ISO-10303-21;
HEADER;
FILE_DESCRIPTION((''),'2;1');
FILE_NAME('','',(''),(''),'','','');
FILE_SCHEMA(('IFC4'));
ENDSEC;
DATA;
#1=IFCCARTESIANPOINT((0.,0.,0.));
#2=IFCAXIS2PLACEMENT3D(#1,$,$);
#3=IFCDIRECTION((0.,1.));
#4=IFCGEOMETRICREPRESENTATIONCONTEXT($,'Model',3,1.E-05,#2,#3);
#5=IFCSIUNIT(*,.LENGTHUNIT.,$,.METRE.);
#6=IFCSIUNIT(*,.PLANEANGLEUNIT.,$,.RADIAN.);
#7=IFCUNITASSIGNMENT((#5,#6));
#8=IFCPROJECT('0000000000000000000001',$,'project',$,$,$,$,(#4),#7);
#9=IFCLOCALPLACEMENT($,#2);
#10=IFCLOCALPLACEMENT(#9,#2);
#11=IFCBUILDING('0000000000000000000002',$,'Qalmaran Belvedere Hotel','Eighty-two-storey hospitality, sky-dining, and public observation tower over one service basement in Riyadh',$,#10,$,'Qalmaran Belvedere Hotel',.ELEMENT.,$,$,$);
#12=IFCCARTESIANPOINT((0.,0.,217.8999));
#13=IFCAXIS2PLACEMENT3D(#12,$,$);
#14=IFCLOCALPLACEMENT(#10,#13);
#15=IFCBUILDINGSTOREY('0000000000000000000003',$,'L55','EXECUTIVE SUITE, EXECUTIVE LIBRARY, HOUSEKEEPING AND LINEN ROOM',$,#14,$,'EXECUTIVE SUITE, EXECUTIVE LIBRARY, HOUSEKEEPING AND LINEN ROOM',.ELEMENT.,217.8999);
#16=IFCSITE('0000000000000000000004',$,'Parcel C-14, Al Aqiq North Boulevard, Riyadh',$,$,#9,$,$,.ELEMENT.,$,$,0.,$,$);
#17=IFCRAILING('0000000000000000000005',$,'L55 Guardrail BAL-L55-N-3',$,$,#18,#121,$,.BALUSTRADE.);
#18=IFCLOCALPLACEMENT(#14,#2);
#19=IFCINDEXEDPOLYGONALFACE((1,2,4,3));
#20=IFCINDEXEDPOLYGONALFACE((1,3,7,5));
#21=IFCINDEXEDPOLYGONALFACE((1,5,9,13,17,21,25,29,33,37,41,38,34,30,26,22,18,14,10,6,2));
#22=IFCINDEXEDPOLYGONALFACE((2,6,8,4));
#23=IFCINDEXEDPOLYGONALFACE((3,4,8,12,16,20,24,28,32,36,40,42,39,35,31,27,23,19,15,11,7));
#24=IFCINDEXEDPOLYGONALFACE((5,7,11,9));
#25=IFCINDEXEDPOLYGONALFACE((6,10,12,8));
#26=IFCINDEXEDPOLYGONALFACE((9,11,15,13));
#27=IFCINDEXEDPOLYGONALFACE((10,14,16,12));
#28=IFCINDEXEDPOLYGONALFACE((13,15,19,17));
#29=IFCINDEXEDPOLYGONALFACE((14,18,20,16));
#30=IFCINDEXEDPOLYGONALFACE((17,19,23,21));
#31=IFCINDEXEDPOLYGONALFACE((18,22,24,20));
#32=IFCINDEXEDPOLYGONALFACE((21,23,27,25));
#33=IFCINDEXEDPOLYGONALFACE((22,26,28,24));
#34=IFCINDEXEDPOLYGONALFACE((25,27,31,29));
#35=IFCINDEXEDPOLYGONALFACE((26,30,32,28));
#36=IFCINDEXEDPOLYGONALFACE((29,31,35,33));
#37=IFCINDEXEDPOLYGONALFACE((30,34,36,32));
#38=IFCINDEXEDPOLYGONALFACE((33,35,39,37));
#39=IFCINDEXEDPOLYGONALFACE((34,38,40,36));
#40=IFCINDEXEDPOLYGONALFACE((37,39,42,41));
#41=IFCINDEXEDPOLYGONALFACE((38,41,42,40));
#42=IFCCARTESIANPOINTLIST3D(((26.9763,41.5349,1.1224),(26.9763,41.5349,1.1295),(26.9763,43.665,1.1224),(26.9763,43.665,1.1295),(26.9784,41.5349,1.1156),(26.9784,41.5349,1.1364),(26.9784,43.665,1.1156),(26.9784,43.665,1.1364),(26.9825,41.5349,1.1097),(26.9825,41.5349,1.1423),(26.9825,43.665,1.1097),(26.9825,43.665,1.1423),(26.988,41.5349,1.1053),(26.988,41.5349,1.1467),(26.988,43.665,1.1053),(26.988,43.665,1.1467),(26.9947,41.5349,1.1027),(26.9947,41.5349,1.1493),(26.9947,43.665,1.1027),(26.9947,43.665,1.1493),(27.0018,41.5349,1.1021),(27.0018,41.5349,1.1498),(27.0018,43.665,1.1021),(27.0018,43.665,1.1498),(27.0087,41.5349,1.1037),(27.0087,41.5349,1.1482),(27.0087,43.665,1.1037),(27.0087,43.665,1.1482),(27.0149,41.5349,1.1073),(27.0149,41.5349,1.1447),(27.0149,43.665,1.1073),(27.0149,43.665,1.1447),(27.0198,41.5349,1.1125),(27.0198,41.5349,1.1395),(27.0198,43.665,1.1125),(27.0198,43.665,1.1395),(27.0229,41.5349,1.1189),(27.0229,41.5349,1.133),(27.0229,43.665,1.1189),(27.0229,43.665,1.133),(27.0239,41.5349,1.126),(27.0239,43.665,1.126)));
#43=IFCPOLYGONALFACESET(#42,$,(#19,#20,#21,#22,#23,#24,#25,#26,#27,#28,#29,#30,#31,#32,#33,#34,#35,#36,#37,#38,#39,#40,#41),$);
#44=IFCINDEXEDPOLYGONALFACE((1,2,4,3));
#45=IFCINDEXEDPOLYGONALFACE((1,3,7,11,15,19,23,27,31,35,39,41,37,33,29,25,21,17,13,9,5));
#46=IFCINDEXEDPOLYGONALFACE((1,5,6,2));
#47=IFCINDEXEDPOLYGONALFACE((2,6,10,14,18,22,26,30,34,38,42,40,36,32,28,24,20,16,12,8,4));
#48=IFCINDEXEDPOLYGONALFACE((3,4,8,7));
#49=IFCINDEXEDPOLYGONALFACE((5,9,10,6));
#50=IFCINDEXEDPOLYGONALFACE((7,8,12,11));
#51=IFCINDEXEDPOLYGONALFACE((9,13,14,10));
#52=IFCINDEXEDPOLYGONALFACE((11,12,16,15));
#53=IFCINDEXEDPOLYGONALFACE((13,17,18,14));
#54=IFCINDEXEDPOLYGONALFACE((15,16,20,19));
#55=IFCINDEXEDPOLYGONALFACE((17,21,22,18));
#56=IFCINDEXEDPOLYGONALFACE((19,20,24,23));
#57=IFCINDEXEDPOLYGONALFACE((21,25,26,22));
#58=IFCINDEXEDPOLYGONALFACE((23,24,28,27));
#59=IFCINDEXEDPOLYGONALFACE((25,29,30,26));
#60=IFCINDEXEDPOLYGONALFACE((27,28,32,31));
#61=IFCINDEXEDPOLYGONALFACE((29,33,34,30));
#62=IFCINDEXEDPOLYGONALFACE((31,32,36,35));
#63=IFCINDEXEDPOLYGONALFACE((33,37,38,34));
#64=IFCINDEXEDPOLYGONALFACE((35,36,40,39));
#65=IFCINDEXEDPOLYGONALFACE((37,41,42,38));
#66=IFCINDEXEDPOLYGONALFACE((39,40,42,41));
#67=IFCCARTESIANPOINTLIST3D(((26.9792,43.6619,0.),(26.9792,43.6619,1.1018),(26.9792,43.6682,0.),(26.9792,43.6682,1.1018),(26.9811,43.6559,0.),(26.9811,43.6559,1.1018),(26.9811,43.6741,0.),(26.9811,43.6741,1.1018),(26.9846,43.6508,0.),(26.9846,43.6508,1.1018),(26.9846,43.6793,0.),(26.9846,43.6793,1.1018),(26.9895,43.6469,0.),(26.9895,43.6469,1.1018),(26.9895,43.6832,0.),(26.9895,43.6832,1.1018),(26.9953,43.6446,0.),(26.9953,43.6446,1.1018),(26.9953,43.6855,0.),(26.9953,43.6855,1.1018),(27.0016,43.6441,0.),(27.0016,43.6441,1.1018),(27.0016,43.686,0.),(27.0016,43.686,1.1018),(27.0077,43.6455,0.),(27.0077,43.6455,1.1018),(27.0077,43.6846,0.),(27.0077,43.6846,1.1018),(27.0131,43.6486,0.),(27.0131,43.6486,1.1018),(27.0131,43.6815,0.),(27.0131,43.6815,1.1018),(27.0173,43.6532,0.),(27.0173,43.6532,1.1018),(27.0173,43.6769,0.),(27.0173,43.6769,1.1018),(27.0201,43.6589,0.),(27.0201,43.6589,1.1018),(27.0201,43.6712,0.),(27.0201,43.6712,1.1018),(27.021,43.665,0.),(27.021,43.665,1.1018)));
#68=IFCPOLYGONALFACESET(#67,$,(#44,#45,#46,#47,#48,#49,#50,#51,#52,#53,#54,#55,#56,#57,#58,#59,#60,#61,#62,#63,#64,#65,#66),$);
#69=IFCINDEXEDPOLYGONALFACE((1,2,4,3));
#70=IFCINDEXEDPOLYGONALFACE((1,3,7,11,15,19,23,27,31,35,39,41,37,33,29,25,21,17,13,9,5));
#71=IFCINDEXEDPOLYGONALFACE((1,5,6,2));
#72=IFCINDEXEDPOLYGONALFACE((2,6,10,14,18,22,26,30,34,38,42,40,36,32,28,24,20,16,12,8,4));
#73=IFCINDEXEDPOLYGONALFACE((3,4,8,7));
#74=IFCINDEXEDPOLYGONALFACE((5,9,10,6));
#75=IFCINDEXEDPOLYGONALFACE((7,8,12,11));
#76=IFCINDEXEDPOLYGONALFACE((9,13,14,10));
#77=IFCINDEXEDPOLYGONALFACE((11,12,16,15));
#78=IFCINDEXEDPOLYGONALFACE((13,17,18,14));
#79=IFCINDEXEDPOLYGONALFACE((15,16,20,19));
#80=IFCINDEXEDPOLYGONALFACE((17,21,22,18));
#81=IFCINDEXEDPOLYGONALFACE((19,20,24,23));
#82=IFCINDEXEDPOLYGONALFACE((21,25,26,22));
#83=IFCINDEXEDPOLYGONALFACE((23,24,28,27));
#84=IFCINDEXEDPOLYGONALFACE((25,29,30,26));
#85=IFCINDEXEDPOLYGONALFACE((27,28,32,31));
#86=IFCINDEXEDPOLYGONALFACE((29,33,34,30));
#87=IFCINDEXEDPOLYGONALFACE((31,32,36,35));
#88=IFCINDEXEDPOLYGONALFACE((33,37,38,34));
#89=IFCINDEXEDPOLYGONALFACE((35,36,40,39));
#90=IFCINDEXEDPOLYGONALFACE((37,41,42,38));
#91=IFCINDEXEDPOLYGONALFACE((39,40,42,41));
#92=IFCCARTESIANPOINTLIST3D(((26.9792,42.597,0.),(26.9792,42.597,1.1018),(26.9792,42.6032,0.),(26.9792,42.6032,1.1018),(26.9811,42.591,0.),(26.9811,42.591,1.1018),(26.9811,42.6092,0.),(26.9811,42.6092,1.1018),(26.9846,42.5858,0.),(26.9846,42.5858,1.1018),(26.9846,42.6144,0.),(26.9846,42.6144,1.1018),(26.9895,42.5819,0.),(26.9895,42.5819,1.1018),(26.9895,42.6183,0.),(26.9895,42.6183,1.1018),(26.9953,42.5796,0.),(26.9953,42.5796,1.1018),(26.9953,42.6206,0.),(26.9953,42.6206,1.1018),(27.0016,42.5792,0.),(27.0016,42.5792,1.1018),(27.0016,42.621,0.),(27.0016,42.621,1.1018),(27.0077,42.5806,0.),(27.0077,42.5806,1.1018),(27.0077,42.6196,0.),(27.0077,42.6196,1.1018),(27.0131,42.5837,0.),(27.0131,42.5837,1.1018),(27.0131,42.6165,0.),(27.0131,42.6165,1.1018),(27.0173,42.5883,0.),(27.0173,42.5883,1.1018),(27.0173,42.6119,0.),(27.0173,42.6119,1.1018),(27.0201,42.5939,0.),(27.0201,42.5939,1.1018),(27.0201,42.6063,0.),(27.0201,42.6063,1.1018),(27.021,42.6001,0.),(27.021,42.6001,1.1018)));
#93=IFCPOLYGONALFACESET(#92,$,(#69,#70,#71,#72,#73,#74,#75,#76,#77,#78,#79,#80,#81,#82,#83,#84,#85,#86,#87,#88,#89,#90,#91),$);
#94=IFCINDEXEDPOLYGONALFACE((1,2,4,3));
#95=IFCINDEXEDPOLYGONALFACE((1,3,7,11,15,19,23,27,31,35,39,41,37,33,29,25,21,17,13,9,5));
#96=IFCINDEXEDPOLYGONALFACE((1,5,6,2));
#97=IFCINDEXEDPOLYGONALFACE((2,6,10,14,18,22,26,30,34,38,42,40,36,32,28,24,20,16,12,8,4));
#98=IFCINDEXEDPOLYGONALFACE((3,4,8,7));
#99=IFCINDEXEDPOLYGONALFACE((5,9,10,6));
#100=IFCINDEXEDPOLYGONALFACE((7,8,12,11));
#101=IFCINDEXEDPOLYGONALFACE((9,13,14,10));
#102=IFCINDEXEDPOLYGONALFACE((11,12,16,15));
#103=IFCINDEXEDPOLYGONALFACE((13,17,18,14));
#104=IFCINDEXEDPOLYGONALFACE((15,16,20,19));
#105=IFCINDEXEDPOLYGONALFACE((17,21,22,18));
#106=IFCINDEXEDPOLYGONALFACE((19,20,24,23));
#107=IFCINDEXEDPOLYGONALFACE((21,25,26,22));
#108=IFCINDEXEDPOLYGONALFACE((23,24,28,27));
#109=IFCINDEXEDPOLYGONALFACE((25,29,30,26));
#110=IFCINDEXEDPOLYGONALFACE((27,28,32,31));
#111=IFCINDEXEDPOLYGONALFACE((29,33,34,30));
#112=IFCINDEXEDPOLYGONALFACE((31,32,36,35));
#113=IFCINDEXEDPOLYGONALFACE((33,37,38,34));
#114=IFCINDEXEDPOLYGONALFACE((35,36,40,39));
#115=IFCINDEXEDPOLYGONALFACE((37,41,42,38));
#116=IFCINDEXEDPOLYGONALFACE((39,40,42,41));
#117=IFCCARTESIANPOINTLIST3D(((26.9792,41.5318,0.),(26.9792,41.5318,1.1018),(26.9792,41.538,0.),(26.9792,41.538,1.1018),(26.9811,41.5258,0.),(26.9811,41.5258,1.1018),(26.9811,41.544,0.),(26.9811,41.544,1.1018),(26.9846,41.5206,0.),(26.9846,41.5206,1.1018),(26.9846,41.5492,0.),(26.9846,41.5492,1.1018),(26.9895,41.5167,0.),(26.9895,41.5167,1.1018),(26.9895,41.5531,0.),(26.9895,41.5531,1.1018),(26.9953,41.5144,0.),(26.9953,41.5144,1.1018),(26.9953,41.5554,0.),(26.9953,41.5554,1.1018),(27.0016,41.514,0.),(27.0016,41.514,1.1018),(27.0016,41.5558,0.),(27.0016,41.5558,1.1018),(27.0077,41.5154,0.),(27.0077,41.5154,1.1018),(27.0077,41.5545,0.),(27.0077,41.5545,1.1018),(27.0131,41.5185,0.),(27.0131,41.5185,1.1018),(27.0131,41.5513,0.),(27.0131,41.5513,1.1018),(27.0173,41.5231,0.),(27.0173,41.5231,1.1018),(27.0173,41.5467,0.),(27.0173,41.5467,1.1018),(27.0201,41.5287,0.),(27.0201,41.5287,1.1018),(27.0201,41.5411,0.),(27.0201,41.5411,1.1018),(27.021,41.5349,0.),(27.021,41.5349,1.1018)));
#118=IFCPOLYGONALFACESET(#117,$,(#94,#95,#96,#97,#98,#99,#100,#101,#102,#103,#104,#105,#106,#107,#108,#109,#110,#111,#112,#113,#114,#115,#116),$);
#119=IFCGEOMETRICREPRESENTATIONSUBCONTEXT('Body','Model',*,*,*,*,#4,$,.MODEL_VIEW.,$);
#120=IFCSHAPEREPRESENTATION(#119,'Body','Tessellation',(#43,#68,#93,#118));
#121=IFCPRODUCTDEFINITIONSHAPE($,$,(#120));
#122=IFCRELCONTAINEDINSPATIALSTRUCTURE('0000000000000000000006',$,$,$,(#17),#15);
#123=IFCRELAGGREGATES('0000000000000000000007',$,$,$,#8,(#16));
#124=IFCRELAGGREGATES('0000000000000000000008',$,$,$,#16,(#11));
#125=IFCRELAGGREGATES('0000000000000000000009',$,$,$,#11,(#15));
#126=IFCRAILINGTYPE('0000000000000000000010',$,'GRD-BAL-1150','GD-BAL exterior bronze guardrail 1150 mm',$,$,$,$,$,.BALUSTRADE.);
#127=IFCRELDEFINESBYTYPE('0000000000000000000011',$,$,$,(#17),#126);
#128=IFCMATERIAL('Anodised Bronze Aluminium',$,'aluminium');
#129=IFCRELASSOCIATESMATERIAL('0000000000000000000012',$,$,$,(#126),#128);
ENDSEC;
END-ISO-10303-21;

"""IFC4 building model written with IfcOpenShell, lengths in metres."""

from ifc_helpers import new_model, si_unit, direction, frame, origin, origin_2d, place, context, subcontext, project, spatial, circle, extrude, material, type_object, element, save


model = new_model("IFC4")

# Units and contexts
model_context = context("Model", 3, precision=1e-05, world=origin(), true_north=direction((0.0, 1.0)))
body_context = subcontext(model_context, "Body", "Model", "MODEL_VIEW")
ifc_project = project(units=[si_unit("LENGTHUNIT", "METRE"), si_unit("PLANEANGLEUNIT", "RADIAN")], contexts=[model_context])

# Site, building, storey
site_placement = place(None, origin())
site = spatial("IfcSite", under=ifc_project, at=site_placement, Name="Parcel C-14, Al Aqiq North Boulevard, Riyadh", CompositionType="ELEMENT", RefElevation=0.0)
building_placement = place(site_placement, origin())
building = spatial("IfcBuilding", under=site, at=building_placement, Name="Qalmaran Belvedere Hotel", Description="Eighty-two-storey hospitality, sky-dining, and public observation tower over one service basement in Riyadh", LongName="Qalmaran Belvedere Hotel", CompositionType="ELEMENT")
storey_placement = place(building_placement, frame((0.0, 0.0, 217.8999)))
storey = spatial("IfcBuildingStorey", under=building, at=storey_placement, Name="L55", Description="EXECUTIVE SUITE, EXECUTIVE LIBRARY, HOUSEKEEPING AND LINEN ROOM", LongName="EXECUTIVE SUITE, EXECUTIVE LIBRARY, HOUSEKEEPING AND LINEN ROOM", CompositionType="ELEMENT", Elevation=217.8999)

# Shared definitions
ifc_material_1 = material(Name="Anodised Bronze Aluminium", Category="aluminium")

# Railing
railing_type = type_object("IfcRailingType", Name="GRD-BAL-1150", Description="GD-BAL exterior bronze guardrail 1150 mm", PredefinedType="BALUSTRADE", material=ifc_material_1)
railing_1_placement = place(storey_placement, frame((27.0, 43.665, 0.0)))
element("IfcRailing", 1, at=railing_1_placement, inside=storey, type_object=railing_type, Name="L55 Guardrail BAL-L55-N-3", PredefinedType="BALUSTRADE", context=body_context, shape_type="SweptSolid", body=[
    extrude(circle(Radius=0.0239, at=origin_2d()), frame((0.0, 0.0, 1.126), z_axis=(0.0, -1.0, 0.0), x_axis=(1.0, 0.0, 0.0)), (0.0, 0.0, 1.0), 2.1301),
    extrude(circle(Radius=0.021, at=origin_2d()), origin(), (0.0, 0.0, 1.0), 1.1018),
    extrude(circle(Radius=0.021, at=origin_2d()), frame((0.0, -1.0649, 0.0)), (0.0, 0.0, 1.0), 1.1018),
    extrude(circle(Radius=0.021, at=origin_2d()), frame((0.0, -2.1301, 0.0)), (0.0, 0.0, 1.0), 1.1018),
])

save(model, "model.ifc")
